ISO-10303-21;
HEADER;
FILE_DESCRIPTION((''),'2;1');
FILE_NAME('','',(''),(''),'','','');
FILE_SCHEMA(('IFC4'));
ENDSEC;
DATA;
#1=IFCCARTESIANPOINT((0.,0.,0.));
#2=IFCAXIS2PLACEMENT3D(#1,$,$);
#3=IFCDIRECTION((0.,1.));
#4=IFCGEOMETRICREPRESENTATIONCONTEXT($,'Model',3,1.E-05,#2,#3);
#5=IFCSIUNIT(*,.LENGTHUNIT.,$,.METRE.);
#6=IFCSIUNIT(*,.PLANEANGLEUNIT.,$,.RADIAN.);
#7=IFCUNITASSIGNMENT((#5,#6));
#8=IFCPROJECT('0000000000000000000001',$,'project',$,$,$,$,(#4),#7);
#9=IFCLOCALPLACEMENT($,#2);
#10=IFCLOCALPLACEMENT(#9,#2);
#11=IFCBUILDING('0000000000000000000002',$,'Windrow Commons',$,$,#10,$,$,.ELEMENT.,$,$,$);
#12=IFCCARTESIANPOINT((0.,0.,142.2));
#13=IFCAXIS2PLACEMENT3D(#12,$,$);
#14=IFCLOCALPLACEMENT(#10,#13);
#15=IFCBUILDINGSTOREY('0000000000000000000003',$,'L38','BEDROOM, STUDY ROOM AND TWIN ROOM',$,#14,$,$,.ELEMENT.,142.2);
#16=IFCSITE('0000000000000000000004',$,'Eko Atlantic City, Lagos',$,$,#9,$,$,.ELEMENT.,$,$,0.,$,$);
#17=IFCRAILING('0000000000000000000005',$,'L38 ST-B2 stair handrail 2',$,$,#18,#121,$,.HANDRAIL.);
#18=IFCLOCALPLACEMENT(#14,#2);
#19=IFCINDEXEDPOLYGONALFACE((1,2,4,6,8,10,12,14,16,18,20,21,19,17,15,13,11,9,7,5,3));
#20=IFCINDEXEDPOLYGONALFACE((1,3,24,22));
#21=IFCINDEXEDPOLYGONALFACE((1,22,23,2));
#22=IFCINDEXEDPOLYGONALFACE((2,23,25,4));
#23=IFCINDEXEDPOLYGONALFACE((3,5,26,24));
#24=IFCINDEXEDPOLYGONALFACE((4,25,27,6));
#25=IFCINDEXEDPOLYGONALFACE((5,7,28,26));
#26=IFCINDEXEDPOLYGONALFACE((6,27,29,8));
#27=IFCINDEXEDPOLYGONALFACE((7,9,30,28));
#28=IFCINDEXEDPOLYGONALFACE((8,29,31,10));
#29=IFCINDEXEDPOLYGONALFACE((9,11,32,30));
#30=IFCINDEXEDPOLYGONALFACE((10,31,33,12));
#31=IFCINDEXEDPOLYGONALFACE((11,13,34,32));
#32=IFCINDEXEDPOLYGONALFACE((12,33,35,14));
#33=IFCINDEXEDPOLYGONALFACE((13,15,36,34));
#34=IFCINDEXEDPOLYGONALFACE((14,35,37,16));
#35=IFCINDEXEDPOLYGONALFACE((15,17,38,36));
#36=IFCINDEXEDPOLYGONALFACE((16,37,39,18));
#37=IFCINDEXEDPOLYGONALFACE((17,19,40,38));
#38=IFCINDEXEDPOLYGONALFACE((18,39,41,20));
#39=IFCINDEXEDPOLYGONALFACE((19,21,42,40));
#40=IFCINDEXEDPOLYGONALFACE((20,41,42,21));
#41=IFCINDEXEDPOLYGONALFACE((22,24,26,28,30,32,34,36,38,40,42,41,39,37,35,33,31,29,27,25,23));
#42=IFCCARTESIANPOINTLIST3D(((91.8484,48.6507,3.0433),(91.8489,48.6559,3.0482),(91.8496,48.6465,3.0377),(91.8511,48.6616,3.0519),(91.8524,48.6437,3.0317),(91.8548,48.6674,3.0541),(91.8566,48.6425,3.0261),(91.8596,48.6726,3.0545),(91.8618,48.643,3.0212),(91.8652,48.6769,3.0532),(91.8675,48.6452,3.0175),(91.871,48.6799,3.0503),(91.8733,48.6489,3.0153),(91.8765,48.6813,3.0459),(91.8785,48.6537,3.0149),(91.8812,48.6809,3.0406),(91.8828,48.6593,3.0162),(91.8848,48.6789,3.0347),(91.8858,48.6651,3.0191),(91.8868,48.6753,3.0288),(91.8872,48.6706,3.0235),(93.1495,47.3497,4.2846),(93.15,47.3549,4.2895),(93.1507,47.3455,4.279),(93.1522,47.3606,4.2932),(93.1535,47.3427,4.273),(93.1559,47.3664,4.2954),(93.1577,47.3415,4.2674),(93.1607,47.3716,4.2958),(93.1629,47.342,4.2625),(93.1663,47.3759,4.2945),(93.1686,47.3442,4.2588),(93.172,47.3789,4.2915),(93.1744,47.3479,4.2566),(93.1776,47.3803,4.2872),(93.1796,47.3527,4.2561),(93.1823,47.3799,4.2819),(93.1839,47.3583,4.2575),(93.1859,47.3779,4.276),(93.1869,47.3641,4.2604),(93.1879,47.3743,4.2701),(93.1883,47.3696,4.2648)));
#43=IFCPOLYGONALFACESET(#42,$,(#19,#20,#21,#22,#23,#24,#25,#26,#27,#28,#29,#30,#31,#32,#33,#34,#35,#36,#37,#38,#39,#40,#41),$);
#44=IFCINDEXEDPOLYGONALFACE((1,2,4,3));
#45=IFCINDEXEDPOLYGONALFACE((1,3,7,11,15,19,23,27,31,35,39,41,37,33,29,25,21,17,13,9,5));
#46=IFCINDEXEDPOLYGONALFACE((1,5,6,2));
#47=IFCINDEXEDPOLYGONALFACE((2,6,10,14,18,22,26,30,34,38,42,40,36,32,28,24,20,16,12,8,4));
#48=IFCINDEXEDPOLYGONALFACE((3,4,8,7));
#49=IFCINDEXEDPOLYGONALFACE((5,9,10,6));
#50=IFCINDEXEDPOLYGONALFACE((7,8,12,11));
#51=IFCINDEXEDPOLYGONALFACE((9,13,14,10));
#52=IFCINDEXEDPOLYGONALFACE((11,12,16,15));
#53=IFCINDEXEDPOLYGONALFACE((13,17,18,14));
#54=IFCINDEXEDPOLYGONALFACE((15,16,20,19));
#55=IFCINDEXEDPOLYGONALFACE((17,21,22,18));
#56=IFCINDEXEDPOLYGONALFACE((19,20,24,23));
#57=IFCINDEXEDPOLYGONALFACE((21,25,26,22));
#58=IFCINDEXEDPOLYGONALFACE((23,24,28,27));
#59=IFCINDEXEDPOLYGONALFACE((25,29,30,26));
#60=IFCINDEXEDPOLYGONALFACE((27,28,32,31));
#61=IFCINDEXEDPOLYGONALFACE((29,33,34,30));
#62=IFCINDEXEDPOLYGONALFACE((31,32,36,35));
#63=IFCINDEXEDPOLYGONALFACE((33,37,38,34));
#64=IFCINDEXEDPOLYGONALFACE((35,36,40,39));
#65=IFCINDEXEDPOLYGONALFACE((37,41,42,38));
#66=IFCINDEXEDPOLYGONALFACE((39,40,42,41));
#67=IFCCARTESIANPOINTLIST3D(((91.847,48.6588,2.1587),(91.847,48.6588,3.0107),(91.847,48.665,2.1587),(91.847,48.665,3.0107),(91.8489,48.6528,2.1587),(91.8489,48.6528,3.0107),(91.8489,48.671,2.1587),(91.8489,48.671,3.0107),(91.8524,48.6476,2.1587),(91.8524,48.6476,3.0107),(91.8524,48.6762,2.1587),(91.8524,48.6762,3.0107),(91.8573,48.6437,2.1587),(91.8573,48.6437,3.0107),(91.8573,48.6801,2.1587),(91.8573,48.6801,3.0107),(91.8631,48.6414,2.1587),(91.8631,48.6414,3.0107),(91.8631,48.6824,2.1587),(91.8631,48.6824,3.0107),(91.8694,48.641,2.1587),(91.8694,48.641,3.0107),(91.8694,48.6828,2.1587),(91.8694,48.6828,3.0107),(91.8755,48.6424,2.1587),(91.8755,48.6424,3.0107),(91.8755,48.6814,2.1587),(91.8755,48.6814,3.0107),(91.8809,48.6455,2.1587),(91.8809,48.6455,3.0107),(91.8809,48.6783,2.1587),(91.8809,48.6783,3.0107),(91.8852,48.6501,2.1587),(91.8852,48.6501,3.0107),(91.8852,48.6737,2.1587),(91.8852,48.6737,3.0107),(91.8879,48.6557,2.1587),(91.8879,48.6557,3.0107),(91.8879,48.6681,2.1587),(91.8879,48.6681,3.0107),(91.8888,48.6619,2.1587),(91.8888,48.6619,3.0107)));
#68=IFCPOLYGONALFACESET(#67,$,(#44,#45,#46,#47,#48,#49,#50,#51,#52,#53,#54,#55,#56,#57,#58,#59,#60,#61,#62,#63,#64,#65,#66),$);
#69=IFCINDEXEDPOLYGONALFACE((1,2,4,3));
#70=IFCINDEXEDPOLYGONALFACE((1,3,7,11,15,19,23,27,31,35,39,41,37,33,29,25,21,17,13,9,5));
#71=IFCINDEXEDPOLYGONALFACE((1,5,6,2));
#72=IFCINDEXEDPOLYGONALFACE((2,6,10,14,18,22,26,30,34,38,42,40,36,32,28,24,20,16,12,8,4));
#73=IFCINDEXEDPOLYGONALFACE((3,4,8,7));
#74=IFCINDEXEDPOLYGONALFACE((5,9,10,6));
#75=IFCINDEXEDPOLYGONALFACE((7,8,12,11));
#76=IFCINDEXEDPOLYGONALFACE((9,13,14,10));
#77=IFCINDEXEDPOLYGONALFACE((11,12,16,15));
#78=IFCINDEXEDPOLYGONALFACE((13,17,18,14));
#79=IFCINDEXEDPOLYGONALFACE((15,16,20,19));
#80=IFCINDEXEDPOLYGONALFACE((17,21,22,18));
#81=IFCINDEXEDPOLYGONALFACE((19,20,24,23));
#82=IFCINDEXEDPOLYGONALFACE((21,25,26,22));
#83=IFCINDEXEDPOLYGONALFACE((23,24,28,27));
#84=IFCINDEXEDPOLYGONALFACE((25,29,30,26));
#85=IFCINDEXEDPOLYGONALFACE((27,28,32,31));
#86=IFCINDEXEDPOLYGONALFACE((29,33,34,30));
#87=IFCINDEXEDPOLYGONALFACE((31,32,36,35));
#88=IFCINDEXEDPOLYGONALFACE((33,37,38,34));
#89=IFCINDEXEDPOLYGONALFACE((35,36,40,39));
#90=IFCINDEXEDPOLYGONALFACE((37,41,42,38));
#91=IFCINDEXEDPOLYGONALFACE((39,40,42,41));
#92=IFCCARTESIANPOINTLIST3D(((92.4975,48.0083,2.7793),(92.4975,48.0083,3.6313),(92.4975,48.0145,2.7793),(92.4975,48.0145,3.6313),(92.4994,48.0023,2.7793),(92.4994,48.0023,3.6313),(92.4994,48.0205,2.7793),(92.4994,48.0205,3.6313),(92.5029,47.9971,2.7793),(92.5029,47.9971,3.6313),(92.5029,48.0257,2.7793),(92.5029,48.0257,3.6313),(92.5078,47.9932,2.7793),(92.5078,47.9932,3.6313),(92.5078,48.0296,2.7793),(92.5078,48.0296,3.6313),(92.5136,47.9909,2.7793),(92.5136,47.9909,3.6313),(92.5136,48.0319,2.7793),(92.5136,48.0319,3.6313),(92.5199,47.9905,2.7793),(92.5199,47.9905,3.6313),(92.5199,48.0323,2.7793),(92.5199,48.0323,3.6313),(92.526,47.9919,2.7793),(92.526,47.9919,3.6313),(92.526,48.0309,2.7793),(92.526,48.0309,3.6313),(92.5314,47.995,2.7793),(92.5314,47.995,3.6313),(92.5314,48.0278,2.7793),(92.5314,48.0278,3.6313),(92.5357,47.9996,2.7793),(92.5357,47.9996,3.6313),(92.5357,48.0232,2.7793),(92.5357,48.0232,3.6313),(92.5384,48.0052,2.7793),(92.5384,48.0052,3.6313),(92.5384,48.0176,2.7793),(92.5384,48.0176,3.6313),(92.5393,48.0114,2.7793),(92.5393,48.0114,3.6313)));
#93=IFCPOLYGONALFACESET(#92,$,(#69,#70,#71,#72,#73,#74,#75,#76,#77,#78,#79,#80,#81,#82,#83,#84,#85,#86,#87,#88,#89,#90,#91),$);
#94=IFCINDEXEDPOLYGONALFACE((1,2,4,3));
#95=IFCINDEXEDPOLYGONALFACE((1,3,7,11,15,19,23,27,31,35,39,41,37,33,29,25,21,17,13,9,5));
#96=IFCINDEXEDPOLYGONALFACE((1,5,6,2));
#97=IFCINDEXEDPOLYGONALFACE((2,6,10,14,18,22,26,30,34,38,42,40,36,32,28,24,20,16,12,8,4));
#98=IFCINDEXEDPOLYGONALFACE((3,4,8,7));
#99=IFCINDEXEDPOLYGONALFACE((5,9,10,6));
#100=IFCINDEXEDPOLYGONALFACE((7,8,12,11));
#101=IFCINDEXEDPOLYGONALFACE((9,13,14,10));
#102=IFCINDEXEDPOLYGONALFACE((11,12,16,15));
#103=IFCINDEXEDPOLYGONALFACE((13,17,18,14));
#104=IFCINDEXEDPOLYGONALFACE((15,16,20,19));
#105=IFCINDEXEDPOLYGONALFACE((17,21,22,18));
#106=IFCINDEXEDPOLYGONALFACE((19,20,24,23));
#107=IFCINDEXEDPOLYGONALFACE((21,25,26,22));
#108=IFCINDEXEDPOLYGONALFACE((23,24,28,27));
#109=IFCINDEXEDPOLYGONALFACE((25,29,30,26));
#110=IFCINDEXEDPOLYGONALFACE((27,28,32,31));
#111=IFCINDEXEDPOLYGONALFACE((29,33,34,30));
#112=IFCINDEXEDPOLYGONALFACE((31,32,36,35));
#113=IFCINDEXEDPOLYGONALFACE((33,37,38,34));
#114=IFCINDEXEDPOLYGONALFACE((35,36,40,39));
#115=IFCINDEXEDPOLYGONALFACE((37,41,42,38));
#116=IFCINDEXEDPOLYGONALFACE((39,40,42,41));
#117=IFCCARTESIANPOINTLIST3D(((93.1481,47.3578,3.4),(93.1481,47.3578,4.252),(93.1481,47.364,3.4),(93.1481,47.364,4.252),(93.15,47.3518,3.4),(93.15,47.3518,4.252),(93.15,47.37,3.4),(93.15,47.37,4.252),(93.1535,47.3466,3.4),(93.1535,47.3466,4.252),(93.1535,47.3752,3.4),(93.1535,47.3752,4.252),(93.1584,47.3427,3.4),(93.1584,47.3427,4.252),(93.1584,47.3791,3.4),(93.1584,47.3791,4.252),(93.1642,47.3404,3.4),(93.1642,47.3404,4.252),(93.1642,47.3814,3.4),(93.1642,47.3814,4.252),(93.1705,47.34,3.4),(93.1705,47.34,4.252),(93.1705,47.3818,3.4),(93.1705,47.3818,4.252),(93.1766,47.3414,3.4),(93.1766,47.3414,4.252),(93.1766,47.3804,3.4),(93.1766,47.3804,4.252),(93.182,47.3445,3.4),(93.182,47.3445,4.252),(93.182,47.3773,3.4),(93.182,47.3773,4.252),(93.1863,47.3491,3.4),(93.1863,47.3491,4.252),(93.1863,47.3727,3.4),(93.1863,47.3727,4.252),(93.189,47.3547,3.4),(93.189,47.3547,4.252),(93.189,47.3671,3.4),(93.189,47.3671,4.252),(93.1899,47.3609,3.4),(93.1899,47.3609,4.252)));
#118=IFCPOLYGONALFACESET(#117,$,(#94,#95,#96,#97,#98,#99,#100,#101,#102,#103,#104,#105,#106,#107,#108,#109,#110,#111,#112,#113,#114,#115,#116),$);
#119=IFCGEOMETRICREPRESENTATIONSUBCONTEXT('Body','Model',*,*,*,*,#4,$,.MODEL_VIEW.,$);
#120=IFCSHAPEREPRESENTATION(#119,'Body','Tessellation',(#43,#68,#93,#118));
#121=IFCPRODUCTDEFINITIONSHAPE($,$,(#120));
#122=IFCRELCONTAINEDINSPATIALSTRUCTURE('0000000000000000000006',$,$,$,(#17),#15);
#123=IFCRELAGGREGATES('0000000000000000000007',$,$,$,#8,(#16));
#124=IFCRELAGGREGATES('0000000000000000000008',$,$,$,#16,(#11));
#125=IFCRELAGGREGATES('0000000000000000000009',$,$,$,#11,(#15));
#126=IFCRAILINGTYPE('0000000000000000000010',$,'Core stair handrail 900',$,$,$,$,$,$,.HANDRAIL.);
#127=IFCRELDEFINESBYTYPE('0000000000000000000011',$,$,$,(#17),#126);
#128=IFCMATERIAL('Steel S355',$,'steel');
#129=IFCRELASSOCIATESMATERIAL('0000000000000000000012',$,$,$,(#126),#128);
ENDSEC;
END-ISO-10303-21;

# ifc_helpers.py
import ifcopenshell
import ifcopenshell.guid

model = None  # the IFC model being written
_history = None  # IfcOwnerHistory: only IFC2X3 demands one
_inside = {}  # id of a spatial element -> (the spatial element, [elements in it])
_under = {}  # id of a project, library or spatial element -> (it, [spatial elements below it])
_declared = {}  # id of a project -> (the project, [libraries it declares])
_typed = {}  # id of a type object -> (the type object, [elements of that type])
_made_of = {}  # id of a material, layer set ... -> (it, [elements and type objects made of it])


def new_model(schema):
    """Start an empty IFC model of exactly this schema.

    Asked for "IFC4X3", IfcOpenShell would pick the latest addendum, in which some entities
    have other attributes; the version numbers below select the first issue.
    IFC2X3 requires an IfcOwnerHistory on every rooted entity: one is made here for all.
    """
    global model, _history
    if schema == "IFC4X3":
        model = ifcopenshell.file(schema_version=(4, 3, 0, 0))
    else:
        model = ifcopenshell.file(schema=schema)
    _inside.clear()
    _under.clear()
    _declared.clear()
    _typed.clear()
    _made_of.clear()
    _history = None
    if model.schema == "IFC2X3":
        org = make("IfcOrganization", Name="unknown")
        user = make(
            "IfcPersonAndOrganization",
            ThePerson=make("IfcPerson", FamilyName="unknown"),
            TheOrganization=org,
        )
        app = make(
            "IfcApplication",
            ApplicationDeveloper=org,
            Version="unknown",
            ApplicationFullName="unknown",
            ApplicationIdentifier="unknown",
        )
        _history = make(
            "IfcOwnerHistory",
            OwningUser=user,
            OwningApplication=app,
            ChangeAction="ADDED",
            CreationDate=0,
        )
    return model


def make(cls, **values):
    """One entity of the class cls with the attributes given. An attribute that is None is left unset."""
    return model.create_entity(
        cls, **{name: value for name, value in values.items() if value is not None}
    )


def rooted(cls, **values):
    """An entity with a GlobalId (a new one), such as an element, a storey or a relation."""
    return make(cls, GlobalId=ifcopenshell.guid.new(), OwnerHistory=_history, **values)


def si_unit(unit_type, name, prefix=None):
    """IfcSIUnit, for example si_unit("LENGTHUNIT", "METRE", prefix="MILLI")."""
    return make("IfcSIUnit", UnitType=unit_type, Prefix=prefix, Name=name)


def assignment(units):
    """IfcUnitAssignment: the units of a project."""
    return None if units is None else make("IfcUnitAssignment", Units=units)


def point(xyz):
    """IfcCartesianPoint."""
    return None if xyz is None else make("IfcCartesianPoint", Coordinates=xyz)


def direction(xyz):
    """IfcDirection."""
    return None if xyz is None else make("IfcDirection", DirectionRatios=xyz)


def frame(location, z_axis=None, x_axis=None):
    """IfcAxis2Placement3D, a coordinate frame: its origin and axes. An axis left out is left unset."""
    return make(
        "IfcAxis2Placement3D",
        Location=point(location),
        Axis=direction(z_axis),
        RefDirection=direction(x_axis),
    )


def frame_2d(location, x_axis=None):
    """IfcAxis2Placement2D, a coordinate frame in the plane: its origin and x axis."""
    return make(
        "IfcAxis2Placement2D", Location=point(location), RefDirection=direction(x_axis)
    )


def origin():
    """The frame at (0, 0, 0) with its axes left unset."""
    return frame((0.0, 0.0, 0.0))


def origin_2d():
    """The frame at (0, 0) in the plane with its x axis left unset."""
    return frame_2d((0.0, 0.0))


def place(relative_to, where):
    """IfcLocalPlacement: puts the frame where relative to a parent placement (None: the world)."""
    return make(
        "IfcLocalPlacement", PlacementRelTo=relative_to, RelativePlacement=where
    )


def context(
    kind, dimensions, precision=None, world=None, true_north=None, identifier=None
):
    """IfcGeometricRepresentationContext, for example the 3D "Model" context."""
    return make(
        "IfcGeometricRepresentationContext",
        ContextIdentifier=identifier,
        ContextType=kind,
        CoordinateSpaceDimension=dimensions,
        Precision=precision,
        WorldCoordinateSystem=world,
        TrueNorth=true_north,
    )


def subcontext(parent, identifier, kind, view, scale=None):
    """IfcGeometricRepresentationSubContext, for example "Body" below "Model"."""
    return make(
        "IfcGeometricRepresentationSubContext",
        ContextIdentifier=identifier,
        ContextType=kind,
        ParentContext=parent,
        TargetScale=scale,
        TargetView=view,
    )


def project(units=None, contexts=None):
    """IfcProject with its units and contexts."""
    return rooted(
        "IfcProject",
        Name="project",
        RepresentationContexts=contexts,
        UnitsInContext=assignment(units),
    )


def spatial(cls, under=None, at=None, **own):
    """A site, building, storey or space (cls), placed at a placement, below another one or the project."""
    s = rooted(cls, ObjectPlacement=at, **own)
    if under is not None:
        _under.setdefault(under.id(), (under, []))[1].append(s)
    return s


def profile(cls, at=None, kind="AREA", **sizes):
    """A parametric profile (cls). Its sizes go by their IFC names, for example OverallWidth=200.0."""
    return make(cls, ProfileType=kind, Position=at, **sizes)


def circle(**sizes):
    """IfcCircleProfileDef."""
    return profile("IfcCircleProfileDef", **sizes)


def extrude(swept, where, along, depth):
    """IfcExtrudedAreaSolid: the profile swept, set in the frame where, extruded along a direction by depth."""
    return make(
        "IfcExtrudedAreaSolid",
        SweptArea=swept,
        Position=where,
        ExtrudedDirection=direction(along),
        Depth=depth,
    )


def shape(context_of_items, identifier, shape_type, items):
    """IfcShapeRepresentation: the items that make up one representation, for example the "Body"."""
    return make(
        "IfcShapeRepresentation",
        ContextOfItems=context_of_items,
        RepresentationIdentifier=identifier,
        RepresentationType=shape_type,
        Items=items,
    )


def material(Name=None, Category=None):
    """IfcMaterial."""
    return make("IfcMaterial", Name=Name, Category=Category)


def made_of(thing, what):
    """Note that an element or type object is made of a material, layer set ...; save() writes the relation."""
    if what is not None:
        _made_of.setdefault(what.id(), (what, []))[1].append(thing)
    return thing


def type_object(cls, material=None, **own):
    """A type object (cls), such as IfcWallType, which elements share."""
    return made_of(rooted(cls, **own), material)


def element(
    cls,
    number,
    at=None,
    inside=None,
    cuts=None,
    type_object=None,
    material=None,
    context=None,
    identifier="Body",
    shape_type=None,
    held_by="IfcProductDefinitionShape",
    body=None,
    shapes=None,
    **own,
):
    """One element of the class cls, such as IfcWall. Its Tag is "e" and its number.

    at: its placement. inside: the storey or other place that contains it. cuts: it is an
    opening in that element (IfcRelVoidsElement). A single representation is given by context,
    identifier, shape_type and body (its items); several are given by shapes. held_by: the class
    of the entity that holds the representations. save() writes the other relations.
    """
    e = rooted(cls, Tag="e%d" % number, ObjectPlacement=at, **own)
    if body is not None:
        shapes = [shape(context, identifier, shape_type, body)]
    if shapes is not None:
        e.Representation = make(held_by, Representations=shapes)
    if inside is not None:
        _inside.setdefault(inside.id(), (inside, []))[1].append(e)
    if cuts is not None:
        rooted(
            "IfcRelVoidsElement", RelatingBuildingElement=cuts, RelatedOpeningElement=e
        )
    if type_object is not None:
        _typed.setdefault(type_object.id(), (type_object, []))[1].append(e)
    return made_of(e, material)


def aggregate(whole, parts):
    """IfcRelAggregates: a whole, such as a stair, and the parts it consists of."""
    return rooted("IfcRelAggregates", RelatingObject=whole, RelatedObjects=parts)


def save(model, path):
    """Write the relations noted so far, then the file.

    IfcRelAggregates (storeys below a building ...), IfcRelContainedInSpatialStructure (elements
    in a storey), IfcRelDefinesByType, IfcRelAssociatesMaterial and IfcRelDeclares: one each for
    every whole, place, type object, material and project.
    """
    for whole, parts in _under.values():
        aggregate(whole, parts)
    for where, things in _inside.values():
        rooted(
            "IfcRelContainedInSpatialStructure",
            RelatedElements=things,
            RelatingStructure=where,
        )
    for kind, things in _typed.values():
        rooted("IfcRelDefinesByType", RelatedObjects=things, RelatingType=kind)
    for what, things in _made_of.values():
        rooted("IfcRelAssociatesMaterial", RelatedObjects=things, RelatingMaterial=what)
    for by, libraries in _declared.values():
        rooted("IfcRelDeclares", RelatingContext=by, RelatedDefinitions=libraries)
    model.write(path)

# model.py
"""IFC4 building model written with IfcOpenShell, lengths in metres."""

from ifc_helpers import new_model, si_unit, direction, frame, origin, origin_2d, place, context, subcontext, project, spatial, circle, extrude, material, type_object, element, save


model = new_model("IFC4")

# Units and contexts
model_context = context("Model", 3, precision=1e-05, world=origin(), true_north=direction((0.0, 1.0)))
body_context = subcontext(model_context, "Body", "Model", "MODEL_VIEW")
ifc_project = project(units=[si_unit("LENGTHUNIT", "METRE"), si_unit("PLANEANGLEUNIT", "RADIAN")], contexts=[model_context])

# Site, building, storey
site_placement = place(None, origin())
site = spatial("IfcSite", under=ifc_project, at=site_placement, Name="Eko Atlantic City, Lagos", CompositionType="ELEMENT", RefElevation=0.0)
building_placement = place(site_placement, origin())
building = spatial("IfcBuilding", under=site, at=building_placement, Name="Windrow Commons", CompositionType="ELEMENT")
storey_placement = place(building_placement, frame((0.0, 0.0, 142.2)))
storey = spatial("IfcBuildingStorey", under=building, at=storey_placement, Name="L38", Description="BEDROOM, STUDY ROOM AND TWIN ROOM", CompositionType="ELEMENT", Elevation=142.2)

# Railing
ifc_material_1 = material(Name="Steel S355", Category="steel")
railing_type_1 = type_object("IfcRailingType", Name="Core stair handrail 900", PredefinedType="HANDRAIL", material=ifc_material_1)
railing_1_placement = place(storey_placement, frame((91.8678, 48.6619, 2.1587)))
element("IfcRailing", 1, at=railing_1_placement, inside=storey, type_object=railing_type_1, Name="L38 ST-B2 stair handrail 2", PredefinedType="HANDRAIL", context=body_context, shape_type="SweptSolid", body=[
    extrude(circle(Radius=0.024, at=origin_2d()), frame((0.0, 0.0, 0.876), z_axis=(0.586207, -0.586162, 0.559264), x_axis=(0.70708, 0.707134, 0.0)), (0.0, 0.0, 1.0), 2.2195),
    extrude(circle(Radius=0.021, at=origin_2d()), origin(), (0.0, 0.0, 1.0), 0.852),
    extrude(circle(Radius=0.021, at=origin_2d()), frame((0.6505, -0.6505, 0.6206)), (0.0, 0.0, 1.0), 0.852),
    extrude(circle(Radius=0.021, at=origin_2d()), frame((1.3011, -1.301, 1.2413)), (0.0, 0.0, 1.0), 0.852),
])

save(model, "model.ifc")
